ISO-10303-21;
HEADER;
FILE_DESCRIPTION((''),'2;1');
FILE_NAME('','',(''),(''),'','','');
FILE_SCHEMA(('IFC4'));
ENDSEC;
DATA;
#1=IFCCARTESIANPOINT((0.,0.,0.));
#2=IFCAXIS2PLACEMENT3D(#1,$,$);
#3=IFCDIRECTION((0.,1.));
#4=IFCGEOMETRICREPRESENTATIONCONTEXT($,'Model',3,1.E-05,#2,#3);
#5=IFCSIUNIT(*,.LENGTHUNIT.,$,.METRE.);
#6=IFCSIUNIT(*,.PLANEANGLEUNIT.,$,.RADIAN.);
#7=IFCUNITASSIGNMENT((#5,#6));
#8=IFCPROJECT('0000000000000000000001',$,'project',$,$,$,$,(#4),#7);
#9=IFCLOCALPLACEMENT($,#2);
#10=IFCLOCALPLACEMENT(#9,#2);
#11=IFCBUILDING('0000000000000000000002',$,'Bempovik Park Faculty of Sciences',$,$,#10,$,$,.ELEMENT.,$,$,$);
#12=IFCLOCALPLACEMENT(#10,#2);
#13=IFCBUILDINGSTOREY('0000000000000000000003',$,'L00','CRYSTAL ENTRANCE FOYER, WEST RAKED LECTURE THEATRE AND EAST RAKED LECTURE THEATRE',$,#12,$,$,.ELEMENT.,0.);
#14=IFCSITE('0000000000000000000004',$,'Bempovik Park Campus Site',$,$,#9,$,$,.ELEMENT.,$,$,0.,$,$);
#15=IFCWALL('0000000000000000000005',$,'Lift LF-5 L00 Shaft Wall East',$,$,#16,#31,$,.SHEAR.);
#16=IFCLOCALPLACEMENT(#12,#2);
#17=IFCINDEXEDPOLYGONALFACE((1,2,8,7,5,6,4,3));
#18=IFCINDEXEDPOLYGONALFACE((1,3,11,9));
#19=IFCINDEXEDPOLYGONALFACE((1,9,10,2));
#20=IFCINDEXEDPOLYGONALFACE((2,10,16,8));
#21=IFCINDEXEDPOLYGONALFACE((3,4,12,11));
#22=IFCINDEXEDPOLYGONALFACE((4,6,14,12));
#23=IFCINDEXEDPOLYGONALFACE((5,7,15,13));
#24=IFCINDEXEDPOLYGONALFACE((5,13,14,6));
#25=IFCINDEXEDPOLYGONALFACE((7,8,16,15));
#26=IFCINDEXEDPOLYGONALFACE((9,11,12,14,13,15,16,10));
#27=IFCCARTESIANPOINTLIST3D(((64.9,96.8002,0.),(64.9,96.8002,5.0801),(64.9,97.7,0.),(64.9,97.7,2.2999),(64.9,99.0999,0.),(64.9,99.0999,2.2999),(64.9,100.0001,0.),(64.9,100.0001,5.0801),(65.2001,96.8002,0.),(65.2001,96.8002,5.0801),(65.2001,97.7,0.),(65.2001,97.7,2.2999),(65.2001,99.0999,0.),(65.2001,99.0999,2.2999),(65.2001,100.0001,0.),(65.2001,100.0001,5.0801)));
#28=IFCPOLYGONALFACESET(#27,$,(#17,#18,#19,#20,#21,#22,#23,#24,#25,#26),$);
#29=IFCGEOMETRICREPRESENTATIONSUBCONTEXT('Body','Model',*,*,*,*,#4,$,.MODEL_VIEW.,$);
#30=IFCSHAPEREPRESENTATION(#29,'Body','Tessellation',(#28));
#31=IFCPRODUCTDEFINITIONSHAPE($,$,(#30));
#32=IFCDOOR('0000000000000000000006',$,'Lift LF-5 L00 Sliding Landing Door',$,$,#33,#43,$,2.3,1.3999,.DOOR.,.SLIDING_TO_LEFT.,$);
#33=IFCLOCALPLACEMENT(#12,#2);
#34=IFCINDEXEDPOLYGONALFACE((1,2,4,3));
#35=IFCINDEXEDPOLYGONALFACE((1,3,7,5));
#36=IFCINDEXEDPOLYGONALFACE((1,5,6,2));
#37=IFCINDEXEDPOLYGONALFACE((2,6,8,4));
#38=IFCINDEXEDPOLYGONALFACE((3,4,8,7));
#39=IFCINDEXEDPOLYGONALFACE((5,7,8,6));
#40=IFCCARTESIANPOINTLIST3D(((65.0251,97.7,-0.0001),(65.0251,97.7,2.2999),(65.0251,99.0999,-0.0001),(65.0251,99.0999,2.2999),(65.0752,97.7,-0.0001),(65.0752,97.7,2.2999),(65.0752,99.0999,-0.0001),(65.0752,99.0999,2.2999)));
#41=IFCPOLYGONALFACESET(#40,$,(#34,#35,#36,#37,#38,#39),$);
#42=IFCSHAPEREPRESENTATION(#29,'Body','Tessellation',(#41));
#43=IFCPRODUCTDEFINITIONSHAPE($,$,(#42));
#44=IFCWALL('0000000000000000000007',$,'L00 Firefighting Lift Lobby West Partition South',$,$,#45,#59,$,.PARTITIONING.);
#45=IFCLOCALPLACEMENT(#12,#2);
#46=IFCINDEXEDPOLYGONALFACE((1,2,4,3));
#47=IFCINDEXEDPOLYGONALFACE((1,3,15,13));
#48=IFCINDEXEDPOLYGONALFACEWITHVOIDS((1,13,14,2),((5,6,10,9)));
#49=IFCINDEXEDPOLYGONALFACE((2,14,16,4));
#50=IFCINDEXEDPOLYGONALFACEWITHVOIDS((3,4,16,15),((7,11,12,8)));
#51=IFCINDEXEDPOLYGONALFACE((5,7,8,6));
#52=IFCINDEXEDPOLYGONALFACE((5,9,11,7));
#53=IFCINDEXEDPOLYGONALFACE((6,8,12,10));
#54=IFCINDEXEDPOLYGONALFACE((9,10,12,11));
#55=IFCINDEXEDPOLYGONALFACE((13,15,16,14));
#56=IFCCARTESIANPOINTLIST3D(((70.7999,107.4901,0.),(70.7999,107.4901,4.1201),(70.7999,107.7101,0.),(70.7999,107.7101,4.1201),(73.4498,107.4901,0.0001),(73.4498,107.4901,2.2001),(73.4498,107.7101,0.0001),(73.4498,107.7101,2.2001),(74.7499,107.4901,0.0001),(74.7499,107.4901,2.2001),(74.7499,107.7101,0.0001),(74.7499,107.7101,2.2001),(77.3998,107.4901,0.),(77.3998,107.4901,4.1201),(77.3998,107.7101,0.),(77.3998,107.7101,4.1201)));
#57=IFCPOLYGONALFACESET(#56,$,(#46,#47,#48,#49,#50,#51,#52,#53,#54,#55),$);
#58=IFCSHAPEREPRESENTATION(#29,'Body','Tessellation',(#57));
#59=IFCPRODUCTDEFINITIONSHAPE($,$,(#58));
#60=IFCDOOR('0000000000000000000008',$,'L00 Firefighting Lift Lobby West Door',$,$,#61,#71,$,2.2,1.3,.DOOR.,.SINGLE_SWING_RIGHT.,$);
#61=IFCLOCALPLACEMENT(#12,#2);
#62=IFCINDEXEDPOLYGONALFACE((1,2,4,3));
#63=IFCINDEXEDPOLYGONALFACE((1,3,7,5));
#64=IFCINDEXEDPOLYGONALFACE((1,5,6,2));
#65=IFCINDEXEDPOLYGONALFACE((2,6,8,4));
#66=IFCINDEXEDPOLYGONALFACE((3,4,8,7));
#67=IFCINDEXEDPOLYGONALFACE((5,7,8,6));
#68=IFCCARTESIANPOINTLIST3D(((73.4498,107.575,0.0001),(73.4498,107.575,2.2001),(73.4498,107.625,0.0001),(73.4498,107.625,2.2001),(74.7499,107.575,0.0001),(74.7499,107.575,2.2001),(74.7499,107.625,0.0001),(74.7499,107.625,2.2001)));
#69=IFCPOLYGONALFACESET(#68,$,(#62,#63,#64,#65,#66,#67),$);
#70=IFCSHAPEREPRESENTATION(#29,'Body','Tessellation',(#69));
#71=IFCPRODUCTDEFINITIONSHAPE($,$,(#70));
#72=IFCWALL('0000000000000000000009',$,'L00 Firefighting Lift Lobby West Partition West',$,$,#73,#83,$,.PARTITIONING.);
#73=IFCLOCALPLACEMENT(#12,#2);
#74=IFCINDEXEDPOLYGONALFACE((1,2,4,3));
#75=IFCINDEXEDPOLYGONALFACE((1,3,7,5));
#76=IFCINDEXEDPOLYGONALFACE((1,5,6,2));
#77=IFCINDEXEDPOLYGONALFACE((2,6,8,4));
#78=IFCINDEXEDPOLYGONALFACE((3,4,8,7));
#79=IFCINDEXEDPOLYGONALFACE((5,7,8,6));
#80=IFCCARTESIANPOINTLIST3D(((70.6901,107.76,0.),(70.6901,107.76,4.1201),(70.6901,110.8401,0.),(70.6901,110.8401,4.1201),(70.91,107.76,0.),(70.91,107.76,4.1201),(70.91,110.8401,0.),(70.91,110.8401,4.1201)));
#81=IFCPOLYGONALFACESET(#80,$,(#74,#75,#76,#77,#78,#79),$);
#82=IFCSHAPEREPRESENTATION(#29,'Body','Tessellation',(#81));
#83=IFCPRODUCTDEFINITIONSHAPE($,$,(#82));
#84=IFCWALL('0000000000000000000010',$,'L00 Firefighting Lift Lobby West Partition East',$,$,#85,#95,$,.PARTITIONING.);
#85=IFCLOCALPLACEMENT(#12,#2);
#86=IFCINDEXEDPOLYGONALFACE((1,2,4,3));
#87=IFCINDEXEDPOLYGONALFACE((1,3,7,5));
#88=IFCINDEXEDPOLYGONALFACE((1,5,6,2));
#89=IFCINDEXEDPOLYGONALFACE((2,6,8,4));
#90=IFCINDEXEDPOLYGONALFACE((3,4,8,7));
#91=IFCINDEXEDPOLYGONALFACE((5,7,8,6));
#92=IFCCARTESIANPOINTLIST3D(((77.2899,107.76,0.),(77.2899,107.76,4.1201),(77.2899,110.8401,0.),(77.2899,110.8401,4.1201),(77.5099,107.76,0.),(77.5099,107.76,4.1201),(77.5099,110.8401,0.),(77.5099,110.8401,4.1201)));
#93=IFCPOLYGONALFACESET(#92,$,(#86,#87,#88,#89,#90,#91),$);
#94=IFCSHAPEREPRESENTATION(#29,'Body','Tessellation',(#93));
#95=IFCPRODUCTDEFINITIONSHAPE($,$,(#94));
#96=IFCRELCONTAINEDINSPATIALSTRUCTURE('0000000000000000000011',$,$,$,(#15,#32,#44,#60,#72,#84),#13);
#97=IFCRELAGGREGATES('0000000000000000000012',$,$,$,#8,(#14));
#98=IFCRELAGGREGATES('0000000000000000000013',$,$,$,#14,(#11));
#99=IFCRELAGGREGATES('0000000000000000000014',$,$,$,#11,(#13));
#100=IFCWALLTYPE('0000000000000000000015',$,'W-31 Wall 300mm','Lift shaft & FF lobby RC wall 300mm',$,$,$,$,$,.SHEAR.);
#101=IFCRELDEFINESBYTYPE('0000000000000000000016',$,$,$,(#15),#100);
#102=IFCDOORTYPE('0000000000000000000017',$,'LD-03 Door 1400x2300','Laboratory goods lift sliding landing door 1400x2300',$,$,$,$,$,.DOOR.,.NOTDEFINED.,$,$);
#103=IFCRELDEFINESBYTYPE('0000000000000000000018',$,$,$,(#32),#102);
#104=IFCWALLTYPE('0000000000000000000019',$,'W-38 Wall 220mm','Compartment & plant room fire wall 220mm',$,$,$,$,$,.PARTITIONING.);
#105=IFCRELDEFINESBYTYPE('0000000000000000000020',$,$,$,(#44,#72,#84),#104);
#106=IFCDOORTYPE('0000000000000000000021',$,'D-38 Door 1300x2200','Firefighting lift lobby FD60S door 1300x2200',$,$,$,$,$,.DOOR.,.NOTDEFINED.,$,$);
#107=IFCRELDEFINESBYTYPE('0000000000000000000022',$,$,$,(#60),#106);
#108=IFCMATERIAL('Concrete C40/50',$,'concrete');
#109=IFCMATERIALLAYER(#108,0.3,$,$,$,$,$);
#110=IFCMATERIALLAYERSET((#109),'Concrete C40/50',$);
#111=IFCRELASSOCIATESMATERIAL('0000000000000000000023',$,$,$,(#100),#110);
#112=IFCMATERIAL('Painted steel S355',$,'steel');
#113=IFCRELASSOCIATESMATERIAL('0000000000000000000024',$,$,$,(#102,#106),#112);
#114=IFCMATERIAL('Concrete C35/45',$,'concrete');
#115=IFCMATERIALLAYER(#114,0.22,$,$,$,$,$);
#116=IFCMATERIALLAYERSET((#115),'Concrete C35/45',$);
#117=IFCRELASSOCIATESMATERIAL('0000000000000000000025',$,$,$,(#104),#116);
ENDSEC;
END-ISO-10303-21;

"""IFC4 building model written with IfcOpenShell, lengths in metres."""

from ifc_helpers import new_model, si_unit, direction, frame, frame_2d, origin, place, context, subcontext, project, spatial, rectangle, extrude, material, layer, layer_set, type_object, element, fill, save


model = new_model("IFC4")

# Units and contexts
model_context = context("Model", 3, precision=1e-05, world=origin(), true_north=direction((0.0, 1.0)))
body_context = subcontext(model_context, "Body", "Model", "MODEL_VIEW")
ifc_project = project(units=[si_unit("LENGTHUNIT", "METRE"), si_unit("PLANEANGLEUNIT", "RADIAN")], contexts=[model_context])

# Site, building, storey
site_placement = place(None, origin())
site = spatial("IfcSite", under=ifc_project, at=site_placement, Name="Bempovik Park Campus Site", CompositionType="ELEMENT", RefElevation=0.0)
building_placement = place(site_placement, origin())
building = spatial("IfcBuilding", under=site, at=building_placement, Name="Bempovik Park Faculty of Sciences", CompositionType="ELEMENT")
storey_placement = place(building_placement, origin())
storey = spatial("IfcBuildingStorey", under=building, at=storey_placement, Name="L00", Description="CRYSTAL ENTRANCE FOYER, WEST RAKED LECTURE THEATRE AND EAST RAKED LECTURE THEATRE", CompositionType="ELEMENT", Elevation=0.0)

# Shared definitions
ifc_material_1 = material(Name="Concrete C40/50", Category="concrete")

# Shared definitions
ifc_material_2 = material(Name="Concrete C35/45", Category="concrete")

# Walls, openings, doors
ifc_layer_1 = layer(ifc_material_1, 0.3)
ifc_layer_set_1 = layer_set([ifc_layer_1], Name="Concrete C40/50")
wall_type_1 = type_object("IfcWallType", Name="W-31 Wall 300mm", Description="Lift shaft & FF lobby RC wall 300mm", PredefinedType="SHEAR", material=ifc_layer_set_1)
wall_1_placement = place(storey_placement, frame((65.05, 96.8, 0.0), z_axis=(0.0, 0.0, 1.0), x_axis=(0.0, 1.0, 0.0)))
wall_1 = element("IfcWall", 1, at=wall_1_placement, inside=storey, type_object=wall_type_1, Name="Lift LF-5 L00 Shaft Wall East", PredefinedType="SHEAR", context=body_context, shape_type="SweptSolid", body=[
    extrude(rectangle(XDim=3.2, YDim=0.3, at=frame_2d((1.6001, 0.0))), origin(), (0.0, 0.0, 1.0), 5.0801),
])
opening_1_placement = place(wall_1_placement, frame((0.8999, 0.0, 0.0)))
opening_1 = element("IfcOpeningElement", 2, at=opening_1_placement, cuts=wall_1, PredefinedType="OPENING", context=body_context, shape_type="SweptSolid", body=[
    extrude(rectangle(XDim=1.3999, YDim=2.3, at=frame_2d((0.7, 1.1499))), frame((0.0, 0.1602, 0.0), z_axis=(0.0, -1.0, 0.0), x_axis=(1.0, 0.0, 0.0)), (0.0, 0.0, 1.0), 0.3201),
])
ifc_material_3 = material(Name="Painted steel S355", Category="steel")
door_type_1 = type_object("IfcDoorType", Name="LD-03 Door 1400x2300", Description="Laboratory goods lift sliding landing door 1400x2300", OperationType="NOTDEFINED", PredefinedType="DOOR", material=ifc_material_3)
door_1_placement = place(opening_1_placement, origin())
door_1 = element("IfcDoor", 3, at=door_1_placement, inside=storey, type_object=door_type_1, Name="Lift LF-5 L00 Sliding Landing Door", OperationType="SLIDING_TO_LEFT", OverallHeight=2.3, OverallWidth=1.3999, PredefinedType="DOOR", context=body_context, shape_type="SweptSolid", body=[
    extrude(rectangle(XDim=1.3999, YDim=2.3, at=frame_2d((0.7, 1.1499))), frame((0.0, 0.0249, 0.0), z_axis=(0.0, -1.0, 0.0), x_axis=(1.0, 0.0, 0.0)), (0.0, 0.0, 1.0), 0.05),
])
fill(opening_1, door_1)
ifc_layer_2 = layer(ifc_material_2, 0.22)
ifc_layer_set_2 = layer_set([ifc_layer_2], Name="Concrete C35/45")
wall_type_2 = type_object("IfcWallType", Name="W-38 Wall 220mm", Description="Compartment & plant room fire wall 220mm", PredefinedType="PARTITIONING", material=ifc_layer_set_2)
wall_2_placement = place(storey_placement, frame((70.8, 107.6001, 0.0), z_axis=(0.0, 0.0, 1.0), x_axis=(1.0, 0.0, 0.0)))
wall_2 = element("IfcWall", 4, at=wall_2_placement, inside=storey, type_object=wall_type_2, Name="L00 Firefighting Lift Lobby West Partition South", PredefinedType="PARTITIONING", context=body_context, shape_type="SweptSolid", body=[
    extrude(rectangle(XDim=6.5999, YDim=0.22, at=frame_2d((3.2998, 0.0))), origin(), (0.0, 0.0, 1.0), 4.1201),
])
opening_2_placement = place(wall_2_placement, frame((2.6499, 0.0, 0.0)))
opening_2 = element("IfcOpeningElement", 5, at=opening_2_placement, cuts=wall_2, PredefinedType="OPENING", context=body_context, shape_type="SweptSolid", body=[
    extrude(rectangle(XDim=1.3, YDim=2.2, at=frame_2d((0.6499, 1.1001))), frame((0.0, 0.1201, 0.0), z_axis=(0.0, -1.0, 0.0), x_axis=(1.0, 0.0, 0.0)), (0.0, 0.0, 1.0), 0.24),
])
door_type_2 = type_object("IfcDoorType", Name="D-38 Door 1300x2200", Description="Firefighting lift lobby FD60S door 1300x2200", OperationType="NOTDEFINED", PredefinedType="DOOR", material=ifc_material_3)
door_2_placement = place(opening_2_placement, origin())
door_2 = element("IfcDoor", 6, at=door_2_placement, inside=storey, type_object=door_type_2, Name="L00 Firefighting Lift Lobby West Door", OperationType="SINGLE_SWING_RIGHT", OverallHeight=2.2, OverallWidth=1.3, PredefinedType="DOOR", context=body_context, shape_type="SweptSolid", body=[
    extrude(rectangle(XDim=1.3, YDim=2.2, at=frame_2d((0.6499, 1.1001))), frame((0.0, 0.0249, 0.0), z_axis=(0.0, -1.0, 0.0), x_axis=(1.0, 0.0, 0.0)), (0.0, 0.0, 1.0), 0.05),
])
fill(opening_2, door_2)

# Walls
for number, where, z_axis, x_axis, name in (
    (7, (70.8, 107.76, 0.0), (0.0, 0.0, 1.0), (0.0, 1.0, 0.0), "L00 Firefighting Lift Lobby West Partition West"),
    (8, (77.3999, 107.76, 0.0), (0.0, 0.0, 1.0), (0.0, 1.0, 0.0), "L00 Firefighting Lift Lobby West Partition East"),
):
    element("IfcWall", number, at=place(storey_placement, frame(where, z_axis=z_axis, x_axis=x_axis)), inside=storey, type_object=wall_type_2, Name=name, PredefinedType="PARTITIONING", context=body_context, shape_type="SweptSolid", body=[
        extrude(rectangle(XDim=3.0801, YDim=0.22, at=frame_2d((1.54, 0.0))), origin(), (0.0, 0.0, 1.0), 4.1201),
    ])

save(model, "model.ifc")
